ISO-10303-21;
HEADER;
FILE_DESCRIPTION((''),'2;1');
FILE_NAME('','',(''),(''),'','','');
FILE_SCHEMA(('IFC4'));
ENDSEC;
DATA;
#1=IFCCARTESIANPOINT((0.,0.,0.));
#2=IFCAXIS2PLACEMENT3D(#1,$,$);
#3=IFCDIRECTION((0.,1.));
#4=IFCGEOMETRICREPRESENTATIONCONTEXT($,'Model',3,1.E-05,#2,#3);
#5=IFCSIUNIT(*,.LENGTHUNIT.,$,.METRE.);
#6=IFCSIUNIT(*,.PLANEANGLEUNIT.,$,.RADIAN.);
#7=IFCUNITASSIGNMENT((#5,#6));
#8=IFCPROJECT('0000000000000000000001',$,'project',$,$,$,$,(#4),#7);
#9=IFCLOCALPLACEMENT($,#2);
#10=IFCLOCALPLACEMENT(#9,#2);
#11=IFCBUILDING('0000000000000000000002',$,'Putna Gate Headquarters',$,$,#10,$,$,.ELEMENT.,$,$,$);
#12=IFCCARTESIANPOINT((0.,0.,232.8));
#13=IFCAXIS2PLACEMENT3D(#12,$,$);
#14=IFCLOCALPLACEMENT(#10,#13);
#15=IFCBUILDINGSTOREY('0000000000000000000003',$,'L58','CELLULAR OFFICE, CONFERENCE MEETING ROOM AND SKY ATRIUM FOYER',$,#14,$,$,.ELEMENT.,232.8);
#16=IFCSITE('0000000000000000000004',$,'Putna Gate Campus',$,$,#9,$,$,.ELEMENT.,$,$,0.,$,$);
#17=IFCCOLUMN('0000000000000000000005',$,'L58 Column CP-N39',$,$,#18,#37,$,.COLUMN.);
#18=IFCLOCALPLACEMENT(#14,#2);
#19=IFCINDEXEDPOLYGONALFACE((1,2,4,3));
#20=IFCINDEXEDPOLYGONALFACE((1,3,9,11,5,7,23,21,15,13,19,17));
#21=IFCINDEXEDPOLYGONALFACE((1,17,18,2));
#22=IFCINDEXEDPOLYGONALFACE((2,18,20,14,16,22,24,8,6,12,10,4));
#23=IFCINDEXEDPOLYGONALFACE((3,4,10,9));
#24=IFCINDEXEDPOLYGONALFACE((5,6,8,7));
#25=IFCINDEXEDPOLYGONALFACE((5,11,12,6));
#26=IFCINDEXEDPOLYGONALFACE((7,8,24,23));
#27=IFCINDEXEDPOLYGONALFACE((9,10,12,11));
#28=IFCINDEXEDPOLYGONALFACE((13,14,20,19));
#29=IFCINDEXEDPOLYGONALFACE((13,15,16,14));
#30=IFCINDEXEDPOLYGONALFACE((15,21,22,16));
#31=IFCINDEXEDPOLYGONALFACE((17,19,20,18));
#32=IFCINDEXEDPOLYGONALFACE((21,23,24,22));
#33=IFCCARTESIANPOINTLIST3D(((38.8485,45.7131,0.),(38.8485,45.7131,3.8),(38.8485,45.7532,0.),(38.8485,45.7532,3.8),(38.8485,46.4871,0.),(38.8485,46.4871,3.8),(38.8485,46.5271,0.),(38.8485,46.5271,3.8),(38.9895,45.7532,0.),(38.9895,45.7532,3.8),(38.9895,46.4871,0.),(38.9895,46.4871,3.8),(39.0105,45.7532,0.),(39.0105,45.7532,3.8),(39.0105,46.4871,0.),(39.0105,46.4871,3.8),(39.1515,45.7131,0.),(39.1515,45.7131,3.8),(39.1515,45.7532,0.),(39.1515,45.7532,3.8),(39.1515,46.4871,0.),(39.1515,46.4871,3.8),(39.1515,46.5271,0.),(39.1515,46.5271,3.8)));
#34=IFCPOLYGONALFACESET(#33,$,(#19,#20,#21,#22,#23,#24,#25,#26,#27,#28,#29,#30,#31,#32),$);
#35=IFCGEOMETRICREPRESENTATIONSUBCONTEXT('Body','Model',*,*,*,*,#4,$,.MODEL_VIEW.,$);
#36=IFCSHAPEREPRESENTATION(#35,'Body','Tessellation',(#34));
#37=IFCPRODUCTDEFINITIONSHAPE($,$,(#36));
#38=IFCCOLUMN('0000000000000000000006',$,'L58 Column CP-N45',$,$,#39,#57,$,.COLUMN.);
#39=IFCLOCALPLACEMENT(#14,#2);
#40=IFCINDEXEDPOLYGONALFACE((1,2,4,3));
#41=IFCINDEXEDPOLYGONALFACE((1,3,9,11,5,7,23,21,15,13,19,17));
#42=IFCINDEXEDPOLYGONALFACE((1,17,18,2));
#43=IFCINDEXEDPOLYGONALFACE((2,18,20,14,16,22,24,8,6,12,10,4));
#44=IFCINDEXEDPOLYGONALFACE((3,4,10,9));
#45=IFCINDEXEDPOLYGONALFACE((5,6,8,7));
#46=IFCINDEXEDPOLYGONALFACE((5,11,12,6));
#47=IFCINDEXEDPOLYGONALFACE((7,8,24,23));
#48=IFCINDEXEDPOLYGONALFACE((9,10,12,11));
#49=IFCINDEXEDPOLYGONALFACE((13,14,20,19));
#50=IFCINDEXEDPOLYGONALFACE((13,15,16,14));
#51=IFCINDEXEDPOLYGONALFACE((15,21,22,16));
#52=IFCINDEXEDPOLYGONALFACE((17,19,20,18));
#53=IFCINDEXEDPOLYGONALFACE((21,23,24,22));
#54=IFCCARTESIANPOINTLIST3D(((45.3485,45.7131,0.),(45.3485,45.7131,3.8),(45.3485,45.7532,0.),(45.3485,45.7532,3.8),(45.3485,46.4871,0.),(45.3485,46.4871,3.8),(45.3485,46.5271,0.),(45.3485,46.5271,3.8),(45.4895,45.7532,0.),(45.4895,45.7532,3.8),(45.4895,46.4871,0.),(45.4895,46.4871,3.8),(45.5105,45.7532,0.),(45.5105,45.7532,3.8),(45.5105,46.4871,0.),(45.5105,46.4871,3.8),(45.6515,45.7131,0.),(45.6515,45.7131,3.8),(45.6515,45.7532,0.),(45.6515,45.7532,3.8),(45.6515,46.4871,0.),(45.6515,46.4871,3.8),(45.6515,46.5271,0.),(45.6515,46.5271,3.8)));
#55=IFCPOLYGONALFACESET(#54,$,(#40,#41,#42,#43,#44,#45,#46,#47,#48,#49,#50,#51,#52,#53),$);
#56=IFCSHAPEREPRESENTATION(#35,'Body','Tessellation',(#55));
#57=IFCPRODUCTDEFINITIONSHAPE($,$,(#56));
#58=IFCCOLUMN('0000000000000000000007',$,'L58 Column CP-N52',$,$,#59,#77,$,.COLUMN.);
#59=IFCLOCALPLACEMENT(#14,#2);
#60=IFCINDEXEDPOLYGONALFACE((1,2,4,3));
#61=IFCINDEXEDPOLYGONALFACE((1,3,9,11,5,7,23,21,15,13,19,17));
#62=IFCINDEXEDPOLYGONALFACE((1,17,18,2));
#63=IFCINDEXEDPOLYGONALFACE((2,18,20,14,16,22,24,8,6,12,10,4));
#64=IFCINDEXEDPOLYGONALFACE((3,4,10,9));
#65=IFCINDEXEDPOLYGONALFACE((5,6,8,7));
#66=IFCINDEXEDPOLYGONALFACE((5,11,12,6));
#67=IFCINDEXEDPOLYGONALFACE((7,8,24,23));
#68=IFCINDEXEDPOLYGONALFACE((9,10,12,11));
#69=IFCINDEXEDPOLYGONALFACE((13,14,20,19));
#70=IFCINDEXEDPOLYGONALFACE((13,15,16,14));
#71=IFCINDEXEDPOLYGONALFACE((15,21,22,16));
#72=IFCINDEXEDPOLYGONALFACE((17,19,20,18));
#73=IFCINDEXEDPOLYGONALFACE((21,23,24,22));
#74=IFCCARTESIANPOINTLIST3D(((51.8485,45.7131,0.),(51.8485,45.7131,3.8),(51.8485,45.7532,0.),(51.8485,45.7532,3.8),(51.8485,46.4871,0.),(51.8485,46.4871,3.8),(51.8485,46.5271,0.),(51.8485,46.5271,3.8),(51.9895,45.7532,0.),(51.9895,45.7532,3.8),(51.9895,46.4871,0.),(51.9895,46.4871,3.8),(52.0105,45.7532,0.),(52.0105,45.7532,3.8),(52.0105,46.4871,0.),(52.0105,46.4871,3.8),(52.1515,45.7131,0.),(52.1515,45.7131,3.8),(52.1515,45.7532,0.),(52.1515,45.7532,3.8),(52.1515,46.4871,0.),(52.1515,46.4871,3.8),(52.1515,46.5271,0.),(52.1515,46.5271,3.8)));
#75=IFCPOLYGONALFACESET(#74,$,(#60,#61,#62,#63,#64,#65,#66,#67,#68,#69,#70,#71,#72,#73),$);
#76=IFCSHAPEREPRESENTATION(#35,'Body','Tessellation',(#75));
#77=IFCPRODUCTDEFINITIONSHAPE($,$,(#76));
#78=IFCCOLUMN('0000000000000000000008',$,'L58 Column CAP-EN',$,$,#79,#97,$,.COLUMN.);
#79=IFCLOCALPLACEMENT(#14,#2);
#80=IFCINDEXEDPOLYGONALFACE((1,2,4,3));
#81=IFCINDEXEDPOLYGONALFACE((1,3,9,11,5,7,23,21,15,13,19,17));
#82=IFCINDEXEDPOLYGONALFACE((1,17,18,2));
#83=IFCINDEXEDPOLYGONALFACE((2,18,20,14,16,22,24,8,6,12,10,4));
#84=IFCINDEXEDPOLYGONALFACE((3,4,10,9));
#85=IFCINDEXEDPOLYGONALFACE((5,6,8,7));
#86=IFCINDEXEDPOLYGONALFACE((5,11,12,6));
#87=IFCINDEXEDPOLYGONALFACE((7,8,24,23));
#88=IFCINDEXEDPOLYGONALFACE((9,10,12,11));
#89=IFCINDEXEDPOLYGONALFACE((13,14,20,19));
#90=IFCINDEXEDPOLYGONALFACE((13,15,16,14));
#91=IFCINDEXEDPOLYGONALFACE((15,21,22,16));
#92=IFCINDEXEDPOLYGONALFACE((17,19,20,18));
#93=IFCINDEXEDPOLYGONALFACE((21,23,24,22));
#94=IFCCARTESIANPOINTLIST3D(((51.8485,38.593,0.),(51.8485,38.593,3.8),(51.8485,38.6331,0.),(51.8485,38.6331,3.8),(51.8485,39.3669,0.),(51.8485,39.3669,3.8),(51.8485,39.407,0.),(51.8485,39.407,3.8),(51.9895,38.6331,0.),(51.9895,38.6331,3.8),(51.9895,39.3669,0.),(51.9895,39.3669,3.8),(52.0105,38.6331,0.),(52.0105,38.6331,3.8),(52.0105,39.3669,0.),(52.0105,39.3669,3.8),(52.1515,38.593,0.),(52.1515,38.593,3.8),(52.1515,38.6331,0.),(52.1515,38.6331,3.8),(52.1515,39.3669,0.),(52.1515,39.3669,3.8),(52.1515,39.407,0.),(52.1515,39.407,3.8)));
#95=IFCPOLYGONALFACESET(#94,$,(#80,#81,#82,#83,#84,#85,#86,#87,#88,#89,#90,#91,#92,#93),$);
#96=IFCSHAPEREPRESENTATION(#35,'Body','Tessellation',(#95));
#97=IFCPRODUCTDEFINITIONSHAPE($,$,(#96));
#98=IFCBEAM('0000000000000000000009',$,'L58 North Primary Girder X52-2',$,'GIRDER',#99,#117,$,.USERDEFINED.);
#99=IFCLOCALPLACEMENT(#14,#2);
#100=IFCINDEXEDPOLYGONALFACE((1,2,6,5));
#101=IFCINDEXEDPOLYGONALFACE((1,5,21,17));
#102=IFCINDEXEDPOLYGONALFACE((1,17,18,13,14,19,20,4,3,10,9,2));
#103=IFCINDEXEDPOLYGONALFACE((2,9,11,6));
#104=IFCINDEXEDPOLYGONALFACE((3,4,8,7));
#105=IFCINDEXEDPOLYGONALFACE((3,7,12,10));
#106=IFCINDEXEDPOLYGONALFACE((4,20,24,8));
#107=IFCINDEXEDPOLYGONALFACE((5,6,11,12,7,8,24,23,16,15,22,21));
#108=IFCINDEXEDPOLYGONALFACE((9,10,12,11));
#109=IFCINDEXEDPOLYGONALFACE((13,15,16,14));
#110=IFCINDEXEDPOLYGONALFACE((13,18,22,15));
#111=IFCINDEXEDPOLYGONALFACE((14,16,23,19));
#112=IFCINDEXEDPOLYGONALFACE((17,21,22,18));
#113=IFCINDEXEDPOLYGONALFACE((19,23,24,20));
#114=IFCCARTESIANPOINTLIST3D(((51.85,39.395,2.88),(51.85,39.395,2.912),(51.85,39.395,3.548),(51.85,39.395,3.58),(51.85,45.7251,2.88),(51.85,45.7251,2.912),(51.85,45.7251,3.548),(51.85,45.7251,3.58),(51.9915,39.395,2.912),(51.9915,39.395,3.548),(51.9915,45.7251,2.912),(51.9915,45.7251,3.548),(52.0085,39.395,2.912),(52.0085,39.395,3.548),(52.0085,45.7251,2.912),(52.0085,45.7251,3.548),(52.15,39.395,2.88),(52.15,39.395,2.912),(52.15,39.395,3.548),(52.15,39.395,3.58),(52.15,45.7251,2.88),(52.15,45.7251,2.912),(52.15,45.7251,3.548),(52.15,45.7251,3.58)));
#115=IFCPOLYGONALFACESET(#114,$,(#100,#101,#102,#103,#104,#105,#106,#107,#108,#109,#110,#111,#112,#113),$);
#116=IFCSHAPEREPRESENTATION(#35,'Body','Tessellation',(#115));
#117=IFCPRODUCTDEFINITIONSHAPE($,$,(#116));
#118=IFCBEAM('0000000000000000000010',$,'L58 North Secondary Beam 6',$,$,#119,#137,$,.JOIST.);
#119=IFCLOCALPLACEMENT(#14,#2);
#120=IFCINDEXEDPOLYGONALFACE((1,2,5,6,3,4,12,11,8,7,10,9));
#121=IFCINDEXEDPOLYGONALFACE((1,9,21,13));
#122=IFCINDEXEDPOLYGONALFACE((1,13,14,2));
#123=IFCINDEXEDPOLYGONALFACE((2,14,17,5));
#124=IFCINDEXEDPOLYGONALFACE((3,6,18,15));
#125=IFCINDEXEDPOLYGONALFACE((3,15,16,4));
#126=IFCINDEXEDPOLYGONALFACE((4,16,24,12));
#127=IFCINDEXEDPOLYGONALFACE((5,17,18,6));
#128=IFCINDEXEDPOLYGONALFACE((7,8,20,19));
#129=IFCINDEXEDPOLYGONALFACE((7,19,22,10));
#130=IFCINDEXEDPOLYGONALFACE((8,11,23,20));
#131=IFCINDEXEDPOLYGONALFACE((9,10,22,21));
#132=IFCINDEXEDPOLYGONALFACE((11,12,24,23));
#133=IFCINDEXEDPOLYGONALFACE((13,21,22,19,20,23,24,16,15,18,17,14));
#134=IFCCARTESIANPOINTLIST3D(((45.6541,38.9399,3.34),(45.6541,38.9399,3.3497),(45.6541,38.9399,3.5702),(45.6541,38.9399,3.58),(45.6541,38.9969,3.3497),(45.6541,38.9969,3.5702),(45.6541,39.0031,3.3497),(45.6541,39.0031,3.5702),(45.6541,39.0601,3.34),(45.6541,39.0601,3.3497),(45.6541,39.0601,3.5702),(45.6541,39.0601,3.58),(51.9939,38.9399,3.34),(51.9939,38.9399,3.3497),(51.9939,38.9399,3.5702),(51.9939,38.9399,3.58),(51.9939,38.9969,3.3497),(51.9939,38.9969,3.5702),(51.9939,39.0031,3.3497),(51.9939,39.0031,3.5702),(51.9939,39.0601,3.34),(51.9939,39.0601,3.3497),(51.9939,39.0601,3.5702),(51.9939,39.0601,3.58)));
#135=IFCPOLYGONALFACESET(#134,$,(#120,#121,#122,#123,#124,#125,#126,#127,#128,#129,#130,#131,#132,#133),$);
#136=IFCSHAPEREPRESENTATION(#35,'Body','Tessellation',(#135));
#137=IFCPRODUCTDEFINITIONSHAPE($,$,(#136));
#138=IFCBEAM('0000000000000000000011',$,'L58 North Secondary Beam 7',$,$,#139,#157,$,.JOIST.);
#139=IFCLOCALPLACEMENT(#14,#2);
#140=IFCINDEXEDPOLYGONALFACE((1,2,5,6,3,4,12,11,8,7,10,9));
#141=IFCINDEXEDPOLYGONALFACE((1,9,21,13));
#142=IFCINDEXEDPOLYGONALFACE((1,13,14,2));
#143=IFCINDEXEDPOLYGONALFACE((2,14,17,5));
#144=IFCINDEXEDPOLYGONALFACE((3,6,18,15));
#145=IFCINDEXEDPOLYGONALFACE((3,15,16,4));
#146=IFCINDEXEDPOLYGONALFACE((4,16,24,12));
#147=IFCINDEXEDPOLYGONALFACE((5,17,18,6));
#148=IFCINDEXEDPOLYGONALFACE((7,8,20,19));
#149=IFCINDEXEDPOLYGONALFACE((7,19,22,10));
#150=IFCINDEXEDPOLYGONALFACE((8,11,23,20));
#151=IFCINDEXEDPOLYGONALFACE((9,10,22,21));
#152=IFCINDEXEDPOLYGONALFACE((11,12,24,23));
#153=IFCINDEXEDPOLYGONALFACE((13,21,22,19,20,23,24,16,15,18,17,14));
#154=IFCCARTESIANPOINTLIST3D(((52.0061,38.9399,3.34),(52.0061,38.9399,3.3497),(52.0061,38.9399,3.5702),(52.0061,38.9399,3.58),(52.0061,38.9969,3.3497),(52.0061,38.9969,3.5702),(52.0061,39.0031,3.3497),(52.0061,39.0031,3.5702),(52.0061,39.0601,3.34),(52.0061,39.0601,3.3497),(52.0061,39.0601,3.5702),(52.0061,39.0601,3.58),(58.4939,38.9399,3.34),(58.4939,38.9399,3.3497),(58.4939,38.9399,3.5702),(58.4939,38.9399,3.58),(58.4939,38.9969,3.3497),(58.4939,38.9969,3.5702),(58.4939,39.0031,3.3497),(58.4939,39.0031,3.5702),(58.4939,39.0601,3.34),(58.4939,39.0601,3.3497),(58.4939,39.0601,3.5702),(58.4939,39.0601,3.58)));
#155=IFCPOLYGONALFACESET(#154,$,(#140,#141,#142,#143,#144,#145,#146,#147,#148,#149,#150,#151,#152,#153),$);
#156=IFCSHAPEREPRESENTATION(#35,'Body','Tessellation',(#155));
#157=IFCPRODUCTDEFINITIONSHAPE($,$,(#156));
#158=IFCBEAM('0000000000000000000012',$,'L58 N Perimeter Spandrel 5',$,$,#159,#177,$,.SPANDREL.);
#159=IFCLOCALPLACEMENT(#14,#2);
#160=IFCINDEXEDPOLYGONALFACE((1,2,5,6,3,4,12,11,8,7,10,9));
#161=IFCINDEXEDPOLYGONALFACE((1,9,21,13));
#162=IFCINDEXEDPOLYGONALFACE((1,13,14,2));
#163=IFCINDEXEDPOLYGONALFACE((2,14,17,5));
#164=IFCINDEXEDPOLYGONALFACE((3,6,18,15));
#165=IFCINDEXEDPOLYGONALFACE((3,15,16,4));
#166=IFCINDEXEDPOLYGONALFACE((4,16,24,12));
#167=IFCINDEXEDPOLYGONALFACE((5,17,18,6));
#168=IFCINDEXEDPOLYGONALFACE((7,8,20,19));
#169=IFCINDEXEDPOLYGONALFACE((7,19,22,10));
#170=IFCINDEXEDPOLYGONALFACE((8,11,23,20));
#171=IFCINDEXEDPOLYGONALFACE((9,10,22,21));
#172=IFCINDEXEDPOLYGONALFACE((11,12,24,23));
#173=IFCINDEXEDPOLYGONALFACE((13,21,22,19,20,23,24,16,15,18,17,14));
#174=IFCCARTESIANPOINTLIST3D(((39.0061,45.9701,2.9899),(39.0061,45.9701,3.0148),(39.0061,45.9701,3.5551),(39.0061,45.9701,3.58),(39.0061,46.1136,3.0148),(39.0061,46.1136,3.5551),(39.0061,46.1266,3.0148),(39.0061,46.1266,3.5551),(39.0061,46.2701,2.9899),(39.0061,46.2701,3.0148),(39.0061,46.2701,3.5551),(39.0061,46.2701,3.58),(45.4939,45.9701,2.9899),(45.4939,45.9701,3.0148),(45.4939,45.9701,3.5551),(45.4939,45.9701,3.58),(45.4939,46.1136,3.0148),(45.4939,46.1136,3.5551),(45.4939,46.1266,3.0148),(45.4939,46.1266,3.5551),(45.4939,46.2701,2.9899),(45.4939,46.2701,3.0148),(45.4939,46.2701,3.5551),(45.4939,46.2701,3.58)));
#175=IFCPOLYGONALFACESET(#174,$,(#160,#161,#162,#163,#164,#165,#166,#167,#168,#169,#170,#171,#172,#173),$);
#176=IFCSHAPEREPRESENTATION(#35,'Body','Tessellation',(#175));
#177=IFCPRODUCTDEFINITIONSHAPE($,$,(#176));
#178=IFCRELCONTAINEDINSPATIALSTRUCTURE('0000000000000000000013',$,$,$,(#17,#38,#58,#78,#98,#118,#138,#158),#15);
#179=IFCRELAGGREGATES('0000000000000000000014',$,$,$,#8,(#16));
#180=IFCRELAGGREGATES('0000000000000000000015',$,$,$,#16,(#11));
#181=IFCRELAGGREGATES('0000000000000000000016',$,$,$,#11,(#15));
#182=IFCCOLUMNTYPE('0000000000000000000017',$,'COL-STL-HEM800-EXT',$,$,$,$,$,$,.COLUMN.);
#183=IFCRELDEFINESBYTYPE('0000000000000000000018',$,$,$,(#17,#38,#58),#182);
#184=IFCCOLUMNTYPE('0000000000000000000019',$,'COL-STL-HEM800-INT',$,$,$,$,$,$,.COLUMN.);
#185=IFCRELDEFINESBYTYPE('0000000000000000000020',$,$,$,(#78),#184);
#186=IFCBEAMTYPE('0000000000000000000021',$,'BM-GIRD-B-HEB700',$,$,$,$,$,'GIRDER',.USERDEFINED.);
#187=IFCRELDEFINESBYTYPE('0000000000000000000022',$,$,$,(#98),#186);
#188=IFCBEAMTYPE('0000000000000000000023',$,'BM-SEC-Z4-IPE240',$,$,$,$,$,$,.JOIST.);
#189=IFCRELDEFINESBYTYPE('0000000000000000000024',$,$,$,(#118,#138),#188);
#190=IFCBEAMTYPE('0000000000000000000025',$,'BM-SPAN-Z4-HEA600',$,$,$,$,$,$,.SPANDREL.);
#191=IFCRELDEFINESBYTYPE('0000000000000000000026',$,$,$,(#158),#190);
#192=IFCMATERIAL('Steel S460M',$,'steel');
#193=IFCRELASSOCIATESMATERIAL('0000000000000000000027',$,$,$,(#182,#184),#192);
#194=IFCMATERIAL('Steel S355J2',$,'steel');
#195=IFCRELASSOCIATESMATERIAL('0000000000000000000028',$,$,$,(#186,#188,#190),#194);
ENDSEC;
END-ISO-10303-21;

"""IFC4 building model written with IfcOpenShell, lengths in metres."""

from ifc_helpers import new_model, si_unit, direction, frame, origin, origin_2d, place, context, subcontext, project, spatial, i_section, extrude, material, material_profile, profile_set, type_object, element, save


model = new_model("IFC4")

# Units and contexts
model_context = context("Model", 3, precision=1e-05, world=origin(), true_north=direction((0.0, 1.0)))
body_context = subcontext(model_context, "Body", "Model", "MODEL_VIEW")
ifc_project = project(units=[si_unit("LENGTHUNIT", "METRE"), si_unit("PLANEANGLEUNIT", "RADIAN")], contexts=[model_context])

# Site, building, storey
site_placement = place(None, origin())
site = spatial("IfcSite", under=ifc_project, at=site_placement, Name="Putna Gate Campus", CompositionType="ELEMENT", RefElevation=0.0)
building_placement = place(site_placement, origin())
building = spatial("IfcBuilding", under=site, at=building_placement, Name="Putna Gate Headquarters", CompositionType="ELEMENT")
storey_placement = place(building_placement, frame((0.0, 0.0, 232.8)))
storey = spatial("IfcBuildingStorey", under=building, at=storey_placement, Name="L58", Description="CELLULAR OFFICE, CONFERENCE MEETING ROOM AND SKY ATRIUM FOYER", CompositionType="ELEMENT", Elevation=232.8)

# Columns
ifc_material_1 = material(Name="Steel S460M", Category="steel")
ifc_material_profile_1 = material_profile(ifc_material_1, i_section(OverallWidth=0.303, OverallDepth=0.814, WebThickness=0.021, FlangeThickness=0.04, at=origin_2d()), Name="Steel S460M")
ifc_profile_set_1 = profile_set([ifc_material_profile_1], Name="Steel S460M")
column_type_1 = type_object("IfcColumnType", Name="COL-STL-HEM800-EXT", PredefinedType="COLUMN", material=ifc_profile_set_1)
for number, where, z_axis, x_axis, name in (
    (1, (39.0, 46.1201, 0.0), (0.0, 0.0, 1.0), (1.0, 0.0, 0.0), "L58 Column CP-N39"),
    (2, (45.5, 46.1201, 0.0), (0.0, 0.0, 1.0), (1.0, 0.0, 0.0), "L58 Column CP-N45"),
    (3, (52.0, 46.1201, 0.0), (0.0, 0.0, 1.0), (1.0, 0.0, 0.0), "L58 Column CP-N52"),
):
    element("IfcColumn", number, at=place(storey_placement, frame(where, z_axis=z_axis, x_axis=x_axis)), inside=storey, type_object=column_type_1, Name=name, PredefinedType="COLUMN", context=body_context, shape_type="SweptSolid", body=[
        extrude(i_section(OverallWidth=0.303, OverallDepth=0.814, WebThickness=0.021, FlangeThickness=0.04, at=origin_2d()), origin(), (0.0, 0.0, 1.0), 3.8),
    ])
ifc_material_profile_2 = material_profile(ifc_material_1, i_section(OverallWidth=0.303, OverallDepth=0.814, WebThickness=0.021, FlangeThickness=0.04, at=origin_2d()), Name="Steel S460M")
ifc_profile_set_2 = profile_set([ifc_material_profile_2], Name="Steel S460M")
column_type_2 = type_object("IfcColumnType", Name="COL-STL-HEM800-INT", PredefinedType="COLUMN", material=ifc_profile_set_2)
column_placement = place(storey_placement, frame((52.0, 39.0, 0.0), z_axis=(0.0, 0.0, 1.0), x_axis=(1.0, 0.0, 0.0)))
element("IfcColumn", 4, at=column_placement, inside=storey, type_object=column_type_2, Name="L58 Column CAP-EN", PredefinedType="COLUMN", context=body_context, shape_type="SweptSolid", body=[
    extrude(i_section(OverallWidth=0.303, OverallDepth=0.814, WebThickness=0.021, FlangeThickness=0.04, at=origin_2d()), origin(), (0.0, 0.0, 1.0), 3.8),
])

# Beams
ifc_material_2 = material(Name="Steel S355J2", Category="steel")
ifc_material_profile_3 = material_profile(ifc_material_2, i_section(OverallWidth=0.3, OverallDepth=0.7, WebThickness=0.0171, FlangeThickness=0.032, at=origin_2d()), Name="Steel S355J2")
ifc_profile_set_3 = profile_set([ifc_material_profile_3], Name="Steel S355J2")
beam_type_1 = type_object("IfcBeamType", Name="BM-GIRD-B-HEB700", ElementType="GIRDER", PredefinedType="USERDEFINED", material=ifc_profile_set_3)
beam_1_placement = place(storey_placement, frame((52.0, 39.395, 3.23), z_axis=(0.0, 1.0, 0.0), x_axis=(-1.0, 0.0, 0.0)))
element("IfcBeam", 5, at=beam_1_placement, inside=storey, type_object=beam_type_1, Name="L58 North Primary Girder X52-2", ObjectType="GIRDER", PredefinedType="USERDEFINED", context=body_context, shape_type="SweptSolid", body=[
    extrude(i_section(OverallWidth=0.3, OverallDepth=0.7, WebThickness=0.0171, FlangeThickness=0.032, at=origin_2d()), origin(), (0.0, 0.0, 1.0), 6.3301),
])
ifc_material_profile_4 = material_profile(ifc_material_2, i_section(OverallWidth=0.1201, OverallDepth=0.24, WebThickness=0.0061, FlangeThickness=0.0098, at=origin_2d()), Name="Steel S355J2")
ifc_profile_set_4 = profile_set([ifc_material_profile_4], Name="Steel S355J2")
beam_type_2 = type_object("IfcBeamType", Name="BM-SEC-Z4-IPE240", PredefinedType="JOIST", material=ifc_profile_set_4)
beam_2_placement = place(storey_placement, frame((45.6541, 39.0, 3.46), z_axis=(1.0, 0.0, 0.0), x_axis=(0.0, 1.0, 0.0)))
element("IfcBeam", 6, at=beam_2_placement, inside=storey, type_object=beam_type_2, Name="L58 North Secondary Beam 6", PredefinedType="JOIST", context=body_context, shape_type="SweptSolid", body=[
    extrude(i_section(OverallWidth=0.1201, OverallDepth=0.24, WebThickness=0.0061, FlangeThickness=0.0098, at=origin_2d()), origin(), (0.0, 0.0, 1.0), 6.3398),
])
beam_3_placement = place(storey_placement, frame((52.0061, 39.0, 3.46), z_axis=(1.0, 0.0, 0.0), x_axis=(0.0, 1.0, 0.0)))
element("IfcBeam", 7, at=beam_3_placement, inside=storey, type_object=beam_type_2, Name="L58 North Secondary Beam 7", PredefinedType="JOIST", context=body_context, shape_type="SweptSolid", body=[
    extrude(i_section(OverallWidth=0.1201, OverallDepth=0.24, WebThickness=0.0061, FlangeThickness=0.0098, at=origin_2d()), origin(), (0.0, 0.0, 1.0), 6.4878),
])
ifc_material_profile_5 = material_profile(ifc_material_2, i_section(OverallWidth=0.3, OverallDepth=0.5901, WebThickness=0.0129, FlangeThickness=0.0249, at=origin_2d()), Name="Steel S355J2")
ifc_profile_set_5 = profile_set([ifc_material_profile_5], Name="Steel S355J2")
beam_type_3 = type_object("IfcBeamType", Name="BM-SPAN-Z4-HEA600", PredefinedType="SPANDREL", material=ifc_profile_set_5)
for number, where, z_axis, x_axis, name in (
    (8, (39.0061, 46.1201, 3.2849), (1.0, 0.0, 0.0), (0.0, 1.0, 0.0), "L58 N Perimeter Spandrel 5"),
):
    element("IfcBeam", number, at=place(storey_placement, frame(where, z_axis=z_axis, x_axis=x_axis)), inside=storey, type_object=beam_type_3, Name=name, PredefinedType="SPANDREL", context=body_context, shape_type="SweptSolid", body=[
        extrude(i_section(OverallWidth=0.3, OverallDepth=0.5901, WebThickness=0.0129, FlangeThickness=0.0249, at=origin_2d()), origin(), (0.0, 0.0, 1.0), 6.4878),
    ])

save(model, "model.ifc")
